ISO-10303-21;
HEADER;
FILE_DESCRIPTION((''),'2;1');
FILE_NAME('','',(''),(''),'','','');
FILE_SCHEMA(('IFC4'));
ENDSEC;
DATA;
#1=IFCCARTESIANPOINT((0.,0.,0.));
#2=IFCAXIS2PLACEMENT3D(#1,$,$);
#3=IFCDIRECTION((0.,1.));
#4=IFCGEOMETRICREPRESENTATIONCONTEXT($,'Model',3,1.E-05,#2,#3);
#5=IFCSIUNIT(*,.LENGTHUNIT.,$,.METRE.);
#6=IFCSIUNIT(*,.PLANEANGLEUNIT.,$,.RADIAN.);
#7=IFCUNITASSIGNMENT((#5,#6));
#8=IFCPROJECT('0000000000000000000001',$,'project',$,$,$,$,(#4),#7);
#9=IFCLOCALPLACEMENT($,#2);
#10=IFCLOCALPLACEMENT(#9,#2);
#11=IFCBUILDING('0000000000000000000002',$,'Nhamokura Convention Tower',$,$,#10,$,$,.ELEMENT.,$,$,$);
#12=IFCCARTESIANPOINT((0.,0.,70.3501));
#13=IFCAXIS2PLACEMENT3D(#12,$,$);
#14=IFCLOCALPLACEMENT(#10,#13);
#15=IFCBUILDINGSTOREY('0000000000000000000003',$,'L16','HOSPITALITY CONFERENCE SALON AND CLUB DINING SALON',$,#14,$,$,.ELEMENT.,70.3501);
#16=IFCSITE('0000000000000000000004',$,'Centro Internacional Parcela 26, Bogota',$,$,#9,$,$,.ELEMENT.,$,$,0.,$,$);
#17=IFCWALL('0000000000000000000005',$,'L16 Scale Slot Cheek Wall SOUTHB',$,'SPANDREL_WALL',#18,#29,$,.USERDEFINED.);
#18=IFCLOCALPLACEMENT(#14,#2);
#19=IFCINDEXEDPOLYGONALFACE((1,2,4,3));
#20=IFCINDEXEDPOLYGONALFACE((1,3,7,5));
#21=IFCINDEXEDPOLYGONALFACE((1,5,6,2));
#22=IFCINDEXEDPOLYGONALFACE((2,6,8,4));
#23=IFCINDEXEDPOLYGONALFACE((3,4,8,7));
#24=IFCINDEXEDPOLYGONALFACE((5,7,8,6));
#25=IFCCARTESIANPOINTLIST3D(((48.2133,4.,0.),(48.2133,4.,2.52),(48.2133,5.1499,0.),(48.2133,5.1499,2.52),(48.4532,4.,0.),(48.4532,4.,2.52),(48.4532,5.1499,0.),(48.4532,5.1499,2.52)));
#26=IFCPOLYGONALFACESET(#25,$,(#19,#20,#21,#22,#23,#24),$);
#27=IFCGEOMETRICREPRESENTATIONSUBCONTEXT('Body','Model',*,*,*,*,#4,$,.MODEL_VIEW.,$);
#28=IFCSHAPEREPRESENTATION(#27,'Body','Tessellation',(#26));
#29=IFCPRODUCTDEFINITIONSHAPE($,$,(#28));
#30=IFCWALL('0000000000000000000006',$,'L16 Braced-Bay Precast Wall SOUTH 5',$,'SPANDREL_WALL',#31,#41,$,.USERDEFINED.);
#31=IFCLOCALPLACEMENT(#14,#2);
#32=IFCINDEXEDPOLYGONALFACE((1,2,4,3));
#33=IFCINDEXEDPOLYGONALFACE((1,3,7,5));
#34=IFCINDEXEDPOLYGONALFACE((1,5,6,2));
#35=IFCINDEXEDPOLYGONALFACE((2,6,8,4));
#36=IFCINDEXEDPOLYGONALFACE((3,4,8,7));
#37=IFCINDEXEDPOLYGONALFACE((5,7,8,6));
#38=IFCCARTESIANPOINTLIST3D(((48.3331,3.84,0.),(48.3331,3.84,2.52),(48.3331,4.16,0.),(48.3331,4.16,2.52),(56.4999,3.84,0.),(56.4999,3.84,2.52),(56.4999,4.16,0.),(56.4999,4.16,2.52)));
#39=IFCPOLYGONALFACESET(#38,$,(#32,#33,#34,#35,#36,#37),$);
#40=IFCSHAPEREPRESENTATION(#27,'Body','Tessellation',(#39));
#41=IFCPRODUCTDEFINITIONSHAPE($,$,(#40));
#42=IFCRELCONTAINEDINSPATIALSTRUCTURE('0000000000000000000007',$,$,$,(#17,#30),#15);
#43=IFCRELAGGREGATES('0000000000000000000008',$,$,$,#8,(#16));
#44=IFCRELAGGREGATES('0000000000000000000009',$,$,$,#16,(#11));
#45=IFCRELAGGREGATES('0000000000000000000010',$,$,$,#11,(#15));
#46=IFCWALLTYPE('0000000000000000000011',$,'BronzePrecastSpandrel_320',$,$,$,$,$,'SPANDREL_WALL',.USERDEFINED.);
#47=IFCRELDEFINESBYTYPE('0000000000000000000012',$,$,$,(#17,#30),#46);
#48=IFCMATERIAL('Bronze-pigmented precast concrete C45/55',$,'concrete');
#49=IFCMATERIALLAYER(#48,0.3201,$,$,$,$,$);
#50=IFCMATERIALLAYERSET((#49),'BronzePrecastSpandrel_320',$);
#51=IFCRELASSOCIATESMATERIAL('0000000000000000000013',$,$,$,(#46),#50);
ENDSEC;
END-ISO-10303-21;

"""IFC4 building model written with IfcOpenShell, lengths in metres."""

from ifc_helpers import new_model, si_unit, direction, frame, frame_2d, origin, place, context, subcontext, project, spatial, rectangle, extrude, material, layer, layer_set, type_object, element, save


model = new_model("IFC4")

# Units and contexts
model_context = context("Model", 3, precision=1e-05, world=origin(), true_north=direction((0.0, 1.0)))
body_context = subcontext(model_context, "Body", "Model", "MODEL_VIEW")
ifc_project = project(units=[si_unit("LENGTHUNIT", "METRE"), si_unit("PLANEANGLEUNIT", "RADIAN")], contexts=[model_context])

# Site, building, storey
site_placement = place(None, origin())
site = spatial("IfcSite", under=ifc_project, at=site_placement, Name="Centro Internacional Parcela 26, Bogota", CompositionType="ELEMENT", RefElevation=0.0)
building_placement = place(site_placement, origin())
building = spatial("IfcBuilding", under=site, at=building_placement, Name="Nhamokura Convention Tower", CompositionType="ELEMENT")
storey_placement = place(building_placement, frame((0.0, 0.0, 70.3501)))
storey = spatial("IfcBuildingStorey", under=building, at=storey_placement, Name="L16", Description="HOSPITALITY CONFERENCE SALON AND CLUB DINING SALON", CompositionType="ELEMENT", Elevation=70.3501)

# Walls
ifc_material_1 = material(Name="Bronze-pigmented precast concrete C45/55", Category="concrete")
ifc_layer_1 = layer(ifc_material_1, 0.3201)
ifc_layer_set_1 = layer_set([ifc_layer_1], Name="BronzePrecastSpandrel_320")
wall_type = type_object("IfcWallType", Name="BronzePrecastSpandrel_320", ElementType="SPANDREL_WALL", PredefinedType="USERDEFINED", material=ifc_layer_set_1)
wall_1_placement = place(storey_placement, frame((48.3333, 4.0, 0.0), z_axis=(0.0, 0.0, 1.0), x_axis=(0.0, 1.0, 0.0)))
element("IfcWall", 1, at=wall_1_placement, inside=storey, type_object=wall_type, Name="L16 Scale Slot Cheek Wall SOUTHB", ObjectType="SPANDREL_WALL", PredefinedType="USERDEFINED", context=body_context, shape_type="SweptSolid", body=[
    extrude(rectangle(XDim=1.1499, YDim=0.24, at=frame_2d((0.575, 0.0))), origin(), (0.0, 0.0, 1.0), 2.52),
])
wall_2_placement = place(storey_placement, frame((56.5, 4.0, 0.0), z_axis=(0.0, 0.0, 1.0), x_axis=(-1.0, 0.0, 0.0)))
element("IfcWall", 2, at=wall_2_placement, inside=storey, type_object=wall_type, Name="L16 Braced-Bay Precast Wall SOUTH 5", ObjectType="SPANDREL_WALL", PredefinedType="USERDEFINED", context=body_context, shape_type="SweptSolid", body=[
    extrude(rectangle(XDim=8.1667, YDim=0.3201, at=frame_2d((4.0835, 0.0))), origin(), (0.0, 0.0, 1.0), 2.52),
])

save(model, "model.ifc")
